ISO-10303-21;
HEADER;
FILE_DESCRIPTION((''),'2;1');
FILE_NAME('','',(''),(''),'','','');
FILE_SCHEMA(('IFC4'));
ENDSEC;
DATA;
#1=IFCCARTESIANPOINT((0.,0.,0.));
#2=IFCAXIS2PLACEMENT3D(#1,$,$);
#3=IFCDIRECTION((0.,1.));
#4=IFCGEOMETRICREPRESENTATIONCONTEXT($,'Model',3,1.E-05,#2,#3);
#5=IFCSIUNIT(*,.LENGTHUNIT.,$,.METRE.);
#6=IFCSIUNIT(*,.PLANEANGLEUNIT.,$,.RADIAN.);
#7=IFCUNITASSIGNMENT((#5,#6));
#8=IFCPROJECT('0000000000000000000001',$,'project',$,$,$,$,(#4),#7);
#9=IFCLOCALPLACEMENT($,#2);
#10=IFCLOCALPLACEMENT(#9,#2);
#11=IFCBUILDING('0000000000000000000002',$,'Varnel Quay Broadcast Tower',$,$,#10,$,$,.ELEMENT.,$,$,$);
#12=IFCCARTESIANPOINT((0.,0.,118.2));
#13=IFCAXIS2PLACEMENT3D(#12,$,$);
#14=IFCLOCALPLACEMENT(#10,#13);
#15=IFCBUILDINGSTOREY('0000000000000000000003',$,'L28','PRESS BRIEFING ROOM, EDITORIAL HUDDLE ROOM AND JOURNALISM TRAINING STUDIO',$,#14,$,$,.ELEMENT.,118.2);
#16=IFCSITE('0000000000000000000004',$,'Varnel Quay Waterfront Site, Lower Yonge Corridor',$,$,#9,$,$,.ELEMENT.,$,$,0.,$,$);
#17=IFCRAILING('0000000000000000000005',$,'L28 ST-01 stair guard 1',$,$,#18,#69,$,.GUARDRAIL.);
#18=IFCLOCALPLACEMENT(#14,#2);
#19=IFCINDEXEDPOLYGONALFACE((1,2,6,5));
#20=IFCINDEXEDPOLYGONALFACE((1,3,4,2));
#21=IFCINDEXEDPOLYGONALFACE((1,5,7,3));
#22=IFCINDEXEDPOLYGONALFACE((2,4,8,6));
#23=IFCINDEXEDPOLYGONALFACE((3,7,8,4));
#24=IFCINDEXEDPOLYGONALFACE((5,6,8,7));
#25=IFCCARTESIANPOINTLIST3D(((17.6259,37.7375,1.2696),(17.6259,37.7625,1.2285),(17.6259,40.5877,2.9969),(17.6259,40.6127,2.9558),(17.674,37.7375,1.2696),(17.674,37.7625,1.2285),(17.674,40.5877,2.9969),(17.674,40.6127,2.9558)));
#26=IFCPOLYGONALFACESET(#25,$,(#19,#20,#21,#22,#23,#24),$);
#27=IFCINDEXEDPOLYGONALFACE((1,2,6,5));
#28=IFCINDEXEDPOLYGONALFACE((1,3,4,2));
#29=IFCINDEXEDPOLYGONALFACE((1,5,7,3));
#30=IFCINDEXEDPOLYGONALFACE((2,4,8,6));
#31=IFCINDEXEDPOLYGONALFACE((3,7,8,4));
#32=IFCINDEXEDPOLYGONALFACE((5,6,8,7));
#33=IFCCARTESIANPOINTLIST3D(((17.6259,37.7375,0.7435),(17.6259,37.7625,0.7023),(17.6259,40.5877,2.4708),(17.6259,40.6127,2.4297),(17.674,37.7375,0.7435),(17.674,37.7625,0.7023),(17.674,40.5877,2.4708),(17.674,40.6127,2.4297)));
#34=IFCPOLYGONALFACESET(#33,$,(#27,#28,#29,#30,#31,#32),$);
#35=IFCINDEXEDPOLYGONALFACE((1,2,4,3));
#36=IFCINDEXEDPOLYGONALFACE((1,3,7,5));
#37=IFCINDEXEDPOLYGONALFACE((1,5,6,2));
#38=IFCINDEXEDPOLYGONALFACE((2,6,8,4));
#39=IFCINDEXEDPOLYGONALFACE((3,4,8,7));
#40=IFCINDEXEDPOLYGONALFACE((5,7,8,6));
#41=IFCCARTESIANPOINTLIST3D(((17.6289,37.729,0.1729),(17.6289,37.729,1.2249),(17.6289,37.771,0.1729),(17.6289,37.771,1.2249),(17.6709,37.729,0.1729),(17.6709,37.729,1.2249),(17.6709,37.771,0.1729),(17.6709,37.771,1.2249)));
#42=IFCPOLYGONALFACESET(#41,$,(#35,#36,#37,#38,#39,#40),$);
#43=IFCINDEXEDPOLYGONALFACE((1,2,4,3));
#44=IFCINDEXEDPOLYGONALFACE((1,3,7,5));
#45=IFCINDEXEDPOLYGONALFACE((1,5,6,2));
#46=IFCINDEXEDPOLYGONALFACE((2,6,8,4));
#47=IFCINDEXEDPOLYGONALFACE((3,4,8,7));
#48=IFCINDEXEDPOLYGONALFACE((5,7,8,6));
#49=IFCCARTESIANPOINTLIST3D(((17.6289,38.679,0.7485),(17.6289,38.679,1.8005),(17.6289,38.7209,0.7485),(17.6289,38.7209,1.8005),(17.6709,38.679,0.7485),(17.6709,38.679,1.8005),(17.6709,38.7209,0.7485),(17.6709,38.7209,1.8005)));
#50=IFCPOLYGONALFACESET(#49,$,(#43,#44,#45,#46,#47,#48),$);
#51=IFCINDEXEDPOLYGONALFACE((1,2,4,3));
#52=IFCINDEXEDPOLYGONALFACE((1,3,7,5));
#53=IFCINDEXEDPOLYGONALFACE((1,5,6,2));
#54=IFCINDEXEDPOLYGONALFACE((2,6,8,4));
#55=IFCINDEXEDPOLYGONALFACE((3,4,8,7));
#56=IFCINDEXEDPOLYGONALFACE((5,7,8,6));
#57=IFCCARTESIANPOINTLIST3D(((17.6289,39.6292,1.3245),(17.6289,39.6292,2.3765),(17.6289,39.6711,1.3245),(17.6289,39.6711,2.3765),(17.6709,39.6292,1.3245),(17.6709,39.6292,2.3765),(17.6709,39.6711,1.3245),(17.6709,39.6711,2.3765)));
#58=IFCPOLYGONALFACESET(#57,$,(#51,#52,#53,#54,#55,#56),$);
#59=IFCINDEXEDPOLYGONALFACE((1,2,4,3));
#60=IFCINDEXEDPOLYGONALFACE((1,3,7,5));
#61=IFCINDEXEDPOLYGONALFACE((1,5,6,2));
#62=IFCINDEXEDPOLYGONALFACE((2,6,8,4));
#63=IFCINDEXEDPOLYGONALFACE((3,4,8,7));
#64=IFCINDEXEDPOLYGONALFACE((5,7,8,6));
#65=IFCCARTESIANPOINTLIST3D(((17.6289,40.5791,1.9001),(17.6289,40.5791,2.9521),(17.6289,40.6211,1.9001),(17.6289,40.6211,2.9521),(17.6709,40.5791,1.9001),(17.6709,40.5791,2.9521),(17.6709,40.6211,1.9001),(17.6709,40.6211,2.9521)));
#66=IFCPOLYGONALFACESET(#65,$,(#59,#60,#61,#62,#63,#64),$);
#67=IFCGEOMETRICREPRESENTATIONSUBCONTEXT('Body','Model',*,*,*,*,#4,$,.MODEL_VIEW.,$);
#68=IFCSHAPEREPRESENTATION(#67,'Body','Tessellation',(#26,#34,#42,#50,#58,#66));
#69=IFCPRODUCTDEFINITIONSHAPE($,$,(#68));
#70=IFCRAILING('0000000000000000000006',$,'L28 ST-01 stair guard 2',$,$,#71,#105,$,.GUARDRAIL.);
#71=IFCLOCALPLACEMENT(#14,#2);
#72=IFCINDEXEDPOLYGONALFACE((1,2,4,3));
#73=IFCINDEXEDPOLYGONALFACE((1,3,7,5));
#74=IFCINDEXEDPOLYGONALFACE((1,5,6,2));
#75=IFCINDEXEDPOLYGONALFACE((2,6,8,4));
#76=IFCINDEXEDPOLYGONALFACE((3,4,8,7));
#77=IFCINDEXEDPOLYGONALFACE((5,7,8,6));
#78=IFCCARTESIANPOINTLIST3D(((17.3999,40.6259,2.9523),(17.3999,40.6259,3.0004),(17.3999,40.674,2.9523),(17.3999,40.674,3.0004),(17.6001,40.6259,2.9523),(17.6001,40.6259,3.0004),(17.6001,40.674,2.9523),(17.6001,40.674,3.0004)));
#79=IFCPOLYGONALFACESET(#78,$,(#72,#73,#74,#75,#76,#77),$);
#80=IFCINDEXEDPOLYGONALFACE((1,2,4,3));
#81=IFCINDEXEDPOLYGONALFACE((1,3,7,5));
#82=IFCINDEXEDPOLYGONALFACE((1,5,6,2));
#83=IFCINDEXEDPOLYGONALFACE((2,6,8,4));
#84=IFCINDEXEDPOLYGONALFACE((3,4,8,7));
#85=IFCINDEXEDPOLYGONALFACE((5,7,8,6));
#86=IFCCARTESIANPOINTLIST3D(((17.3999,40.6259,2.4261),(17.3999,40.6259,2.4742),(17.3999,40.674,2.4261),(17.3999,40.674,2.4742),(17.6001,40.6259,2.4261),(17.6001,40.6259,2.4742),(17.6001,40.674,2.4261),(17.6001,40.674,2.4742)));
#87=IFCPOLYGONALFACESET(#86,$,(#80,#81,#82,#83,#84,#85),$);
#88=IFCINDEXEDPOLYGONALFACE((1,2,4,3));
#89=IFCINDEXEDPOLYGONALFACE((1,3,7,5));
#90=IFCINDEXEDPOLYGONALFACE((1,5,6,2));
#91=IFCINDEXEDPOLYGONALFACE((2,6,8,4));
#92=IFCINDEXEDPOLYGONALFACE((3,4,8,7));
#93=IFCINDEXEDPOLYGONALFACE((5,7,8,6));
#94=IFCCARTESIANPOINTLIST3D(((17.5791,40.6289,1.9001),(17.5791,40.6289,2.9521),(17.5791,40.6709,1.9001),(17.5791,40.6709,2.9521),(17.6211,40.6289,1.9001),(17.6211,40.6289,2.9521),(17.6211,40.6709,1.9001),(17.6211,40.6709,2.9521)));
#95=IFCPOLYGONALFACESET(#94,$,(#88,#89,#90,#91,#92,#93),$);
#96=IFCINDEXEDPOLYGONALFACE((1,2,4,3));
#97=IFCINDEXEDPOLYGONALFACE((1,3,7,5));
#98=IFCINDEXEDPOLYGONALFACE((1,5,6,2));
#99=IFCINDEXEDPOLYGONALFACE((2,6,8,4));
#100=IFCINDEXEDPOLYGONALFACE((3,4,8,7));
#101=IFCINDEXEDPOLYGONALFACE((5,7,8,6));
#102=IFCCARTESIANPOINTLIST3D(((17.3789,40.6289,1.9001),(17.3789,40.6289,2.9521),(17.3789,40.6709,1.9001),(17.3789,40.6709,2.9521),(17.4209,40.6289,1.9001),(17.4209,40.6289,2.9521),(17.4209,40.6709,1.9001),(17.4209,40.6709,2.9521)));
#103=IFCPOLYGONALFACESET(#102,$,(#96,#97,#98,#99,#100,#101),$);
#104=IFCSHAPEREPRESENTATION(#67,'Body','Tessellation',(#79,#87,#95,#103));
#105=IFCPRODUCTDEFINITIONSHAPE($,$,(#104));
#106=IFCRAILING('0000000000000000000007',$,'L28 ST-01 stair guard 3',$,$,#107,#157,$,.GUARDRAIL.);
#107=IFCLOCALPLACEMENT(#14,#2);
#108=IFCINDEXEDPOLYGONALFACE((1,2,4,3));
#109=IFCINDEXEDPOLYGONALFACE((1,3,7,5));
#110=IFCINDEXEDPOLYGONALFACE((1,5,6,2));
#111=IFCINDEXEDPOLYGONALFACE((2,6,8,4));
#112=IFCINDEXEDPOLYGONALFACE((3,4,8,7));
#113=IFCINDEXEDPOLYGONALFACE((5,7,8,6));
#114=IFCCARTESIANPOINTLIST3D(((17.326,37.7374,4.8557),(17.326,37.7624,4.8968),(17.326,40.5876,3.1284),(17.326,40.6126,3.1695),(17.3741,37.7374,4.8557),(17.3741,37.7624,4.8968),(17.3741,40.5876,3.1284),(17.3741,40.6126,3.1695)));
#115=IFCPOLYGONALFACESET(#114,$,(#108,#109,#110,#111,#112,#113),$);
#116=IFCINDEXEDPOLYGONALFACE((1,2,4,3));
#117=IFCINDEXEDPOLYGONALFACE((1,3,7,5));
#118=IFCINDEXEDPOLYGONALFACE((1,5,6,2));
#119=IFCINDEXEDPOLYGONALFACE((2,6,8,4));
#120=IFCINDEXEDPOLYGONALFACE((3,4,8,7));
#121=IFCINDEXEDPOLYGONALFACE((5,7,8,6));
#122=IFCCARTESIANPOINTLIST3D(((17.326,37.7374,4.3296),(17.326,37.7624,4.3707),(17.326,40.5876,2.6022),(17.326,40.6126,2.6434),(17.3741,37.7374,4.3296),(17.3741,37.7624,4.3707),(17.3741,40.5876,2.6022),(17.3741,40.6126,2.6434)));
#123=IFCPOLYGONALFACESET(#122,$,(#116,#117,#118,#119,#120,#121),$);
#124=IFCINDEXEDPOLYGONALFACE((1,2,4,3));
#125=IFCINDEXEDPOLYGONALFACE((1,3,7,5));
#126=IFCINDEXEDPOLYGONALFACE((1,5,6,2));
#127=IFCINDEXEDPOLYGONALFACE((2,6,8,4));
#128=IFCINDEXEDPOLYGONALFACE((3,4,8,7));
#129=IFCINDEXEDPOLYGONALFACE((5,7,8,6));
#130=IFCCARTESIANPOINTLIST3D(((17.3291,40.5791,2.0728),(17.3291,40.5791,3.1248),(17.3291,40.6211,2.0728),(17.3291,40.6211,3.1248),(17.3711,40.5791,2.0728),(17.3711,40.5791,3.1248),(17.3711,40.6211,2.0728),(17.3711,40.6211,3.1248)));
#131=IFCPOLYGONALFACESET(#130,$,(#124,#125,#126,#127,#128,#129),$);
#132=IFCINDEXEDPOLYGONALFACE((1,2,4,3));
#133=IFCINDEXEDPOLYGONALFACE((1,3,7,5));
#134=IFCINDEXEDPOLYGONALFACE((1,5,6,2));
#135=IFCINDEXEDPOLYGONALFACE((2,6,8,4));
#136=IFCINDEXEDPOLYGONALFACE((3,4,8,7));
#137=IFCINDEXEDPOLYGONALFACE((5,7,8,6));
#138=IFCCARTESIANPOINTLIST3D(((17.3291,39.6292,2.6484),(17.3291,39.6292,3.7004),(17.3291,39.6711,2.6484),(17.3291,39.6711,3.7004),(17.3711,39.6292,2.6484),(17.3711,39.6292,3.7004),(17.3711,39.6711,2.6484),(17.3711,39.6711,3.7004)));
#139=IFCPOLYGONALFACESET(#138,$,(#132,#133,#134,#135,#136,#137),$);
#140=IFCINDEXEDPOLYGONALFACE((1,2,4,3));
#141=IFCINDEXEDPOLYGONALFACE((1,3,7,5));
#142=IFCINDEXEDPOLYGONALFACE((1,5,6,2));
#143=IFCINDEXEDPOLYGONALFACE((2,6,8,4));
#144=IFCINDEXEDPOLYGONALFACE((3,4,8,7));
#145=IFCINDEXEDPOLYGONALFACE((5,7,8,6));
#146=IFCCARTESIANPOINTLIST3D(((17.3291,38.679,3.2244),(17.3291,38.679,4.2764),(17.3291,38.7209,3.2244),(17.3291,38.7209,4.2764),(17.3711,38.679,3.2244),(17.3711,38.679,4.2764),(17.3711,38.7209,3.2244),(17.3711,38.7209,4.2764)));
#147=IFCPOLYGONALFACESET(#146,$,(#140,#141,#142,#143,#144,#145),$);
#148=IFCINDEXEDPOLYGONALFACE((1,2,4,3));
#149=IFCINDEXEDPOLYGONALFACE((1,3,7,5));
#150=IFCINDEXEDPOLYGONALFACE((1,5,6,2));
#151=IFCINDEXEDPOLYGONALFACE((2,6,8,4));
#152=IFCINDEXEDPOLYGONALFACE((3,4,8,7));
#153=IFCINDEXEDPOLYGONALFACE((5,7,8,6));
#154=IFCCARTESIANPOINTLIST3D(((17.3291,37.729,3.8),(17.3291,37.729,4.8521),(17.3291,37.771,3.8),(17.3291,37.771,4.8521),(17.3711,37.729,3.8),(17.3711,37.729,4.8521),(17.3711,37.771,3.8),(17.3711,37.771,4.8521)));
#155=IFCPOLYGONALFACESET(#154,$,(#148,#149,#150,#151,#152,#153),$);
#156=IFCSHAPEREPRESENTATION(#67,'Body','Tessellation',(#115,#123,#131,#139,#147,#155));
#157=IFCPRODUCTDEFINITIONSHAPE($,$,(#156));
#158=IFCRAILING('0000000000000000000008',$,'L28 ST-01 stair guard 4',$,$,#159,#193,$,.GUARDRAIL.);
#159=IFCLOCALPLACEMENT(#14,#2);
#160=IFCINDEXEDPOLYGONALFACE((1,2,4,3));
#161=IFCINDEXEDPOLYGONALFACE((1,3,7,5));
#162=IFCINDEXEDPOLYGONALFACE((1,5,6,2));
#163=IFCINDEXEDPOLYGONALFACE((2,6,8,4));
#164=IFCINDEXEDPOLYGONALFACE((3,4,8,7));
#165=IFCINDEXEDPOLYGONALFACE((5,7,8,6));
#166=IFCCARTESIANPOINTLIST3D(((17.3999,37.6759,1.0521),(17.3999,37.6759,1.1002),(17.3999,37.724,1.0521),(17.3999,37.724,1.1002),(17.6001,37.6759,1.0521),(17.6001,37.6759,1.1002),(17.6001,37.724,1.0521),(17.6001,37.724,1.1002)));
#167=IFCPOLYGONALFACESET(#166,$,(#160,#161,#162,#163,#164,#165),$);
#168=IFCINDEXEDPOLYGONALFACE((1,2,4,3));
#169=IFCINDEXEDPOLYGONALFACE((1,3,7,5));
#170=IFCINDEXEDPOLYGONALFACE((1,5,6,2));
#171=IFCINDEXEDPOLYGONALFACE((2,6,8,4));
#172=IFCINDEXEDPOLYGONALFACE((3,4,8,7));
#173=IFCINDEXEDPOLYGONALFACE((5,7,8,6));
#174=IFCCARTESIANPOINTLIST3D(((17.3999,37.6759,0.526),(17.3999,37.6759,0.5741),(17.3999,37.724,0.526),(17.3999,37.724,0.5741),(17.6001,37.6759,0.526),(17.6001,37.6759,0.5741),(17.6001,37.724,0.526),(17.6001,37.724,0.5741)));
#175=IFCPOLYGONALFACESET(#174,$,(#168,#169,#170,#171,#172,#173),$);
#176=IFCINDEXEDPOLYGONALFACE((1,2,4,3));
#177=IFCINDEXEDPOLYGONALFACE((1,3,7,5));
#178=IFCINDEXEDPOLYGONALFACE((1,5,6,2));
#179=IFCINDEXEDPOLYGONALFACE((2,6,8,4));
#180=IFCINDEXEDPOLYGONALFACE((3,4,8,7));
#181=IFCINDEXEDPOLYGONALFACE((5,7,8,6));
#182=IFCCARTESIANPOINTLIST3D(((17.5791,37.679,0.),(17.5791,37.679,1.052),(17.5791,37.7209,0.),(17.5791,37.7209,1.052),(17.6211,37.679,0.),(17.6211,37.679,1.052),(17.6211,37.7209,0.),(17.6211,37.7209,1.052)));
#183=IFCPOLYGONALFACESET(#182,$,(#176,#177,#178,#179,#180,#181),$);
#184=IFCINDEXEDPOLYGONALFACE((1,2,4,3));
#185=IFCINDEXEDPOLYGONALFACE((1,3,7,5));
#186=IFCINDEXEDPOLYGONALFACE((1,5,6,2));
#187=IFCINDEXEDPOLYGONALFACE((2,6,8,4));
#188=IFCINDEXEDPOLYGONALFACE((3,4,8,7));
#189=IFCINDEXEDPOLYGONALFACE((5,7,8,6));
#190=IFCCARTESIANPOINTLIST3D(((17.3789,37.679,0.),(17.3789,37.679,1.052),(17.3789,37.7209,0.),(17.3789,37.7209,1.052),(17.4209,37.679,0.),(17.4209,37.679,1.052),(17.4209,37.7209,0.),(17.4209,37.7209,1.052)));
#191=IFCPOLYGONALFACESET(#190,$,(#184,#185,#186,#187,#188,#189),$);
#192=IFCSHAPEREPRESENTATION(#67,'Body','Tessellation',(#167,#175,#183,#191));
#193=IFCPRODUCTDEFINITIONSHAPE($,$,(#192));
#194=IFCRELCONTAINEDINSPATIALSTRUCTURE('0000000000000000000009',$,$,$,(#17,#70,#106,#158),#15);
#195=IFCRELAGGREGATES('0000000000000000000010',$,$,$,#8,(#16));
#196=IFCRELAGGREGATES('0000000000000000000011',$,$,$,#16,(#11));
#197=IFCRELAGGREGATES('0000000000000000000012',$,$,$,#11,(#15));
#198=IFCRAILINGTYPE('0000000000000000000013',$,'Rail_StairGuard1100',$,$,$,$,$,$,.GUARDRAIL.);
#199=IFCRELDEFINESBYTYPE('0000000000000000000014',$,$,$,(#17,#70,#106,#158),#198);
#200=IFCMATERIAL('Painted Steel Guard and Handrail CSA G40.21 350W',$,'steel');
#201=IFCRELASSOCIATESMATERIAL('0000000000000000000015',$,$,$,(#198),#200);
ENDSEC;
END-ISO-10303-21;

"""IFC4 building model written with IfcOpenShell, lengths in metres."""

from ifc_helpers import new_model, si_unit, direction, frame, origin, origin_2d, place, context, subcontext, project, spatial, rectangle, extrude, material, type_object, element, save


model = new_model("IFC4")

# Units and contexts
model_context = context("Model", 3, precision=1e-05, world=origin(), true_north=direction((0.0, 1.0)))
body_context = subcontext(model_context, "Body", "Model", "MODEL_VIEW")
ifc_project = project(units=[si_unit("LENGTHUNIT", "METRE"), si_unit("PLANEANGLEUNIT", "RADIAN")], contexts=[model_context])

# Site, building, storey
site_placement = place(None, origin())
site = spatial("IfcSite", under=ifc_project, at=site_placement, Name="Varnel Quay Waterfront Site, Lower Yonge Corridor", CompositionType="ELEMENT", RefElevation=0.0)
building_placement = place(site_placement, origin())
building = spatial("IfcBuilding", under=site, at=building_placement, Name="Varnel Quay Broadcast Tower", CompositionType="ELEMENT")
storey_placement = place(building_placement, frame((0.0, 0.0, 118.2)))
storey = spatial("IfcBuildingStorey", under=building, at=storey_placement, Name="L28", Description="PRESS BRIEFING ROOM, EDITORIAL HUDDLE ROOM AND JOURNALISM TRAINING STUDIO", CompositionType="ELEMENT", Elevation=118.2)

# Railings
ifc_material_1 = material(Name="Painted Steel Guard and Handrail CSA G40.21 350W", Category="steel")
railing_type_1 = type_object("IfcRailingType", Name="Rail_StairGuard1100", PredefinedType="GUARDRAIL", material=ifc_material_1)
railing_1_placement = place(storey_placement, frame((17.6499, 37.75, 0.1729)))
element("IfcRailing", 1, at=railing_1_placement, inside=storey, type_object=railing_type_1, Name="L28 ST-01 stair guard 1", PredefinedType="GUARDRAIL", context=body_context, shape_type="SweptSolid", body=[
    extrude(rectangle(XDim=0.0481, YDim=0.0481, at=origin_2d()), frame((0.0, 0.0, 1.0762), z_axis=(0.0, 0.855203, 0.518294), x_axis=(-1.0, 0.0, 0.0)), (0.0, 0.0, 1.0), 3.3328),
    extrude(rectangle(XDim=0.0481, YDim=0.0481, at=origin_2d()), frame((0.0, 0.0, 0.55), z_axis=(0.0, 0.855203, 0.518294), x_axis=(-1.0, 0.0, 0.0)), (0.0, 0.0, 1.0), 3.3328),
    extrude(rectangle(XDim=0.042, YDim=0.042, at=origin_2d()), origin(), (0.0, 0.0, 1.0), 1.052),
    extrude(rectangle(XDim=0.042, YDim=0.042, at=origin_2d()), frame((0.0, 0.95, 0.5757)), (0.0, 0.0, 1.0), 1.052),
    extrude(rectangle(XDim=0.042, YDim=0.042, at=origin_2d()), frame((0.0, 1.9001, 1.1516)), (0.0, 0.0, 1.0), 1.052),
    extrude(rectangle(XDim=0.042, YDim=0.042, at=origin_2d()), frame((0.0, 2.8501, 1.7273)), (0.0, 0.0, 1.0), 1.052),
])
railing_2_placement = place(storey_placement, frame((17.6001, 40.6499, 1.9001)))
element("IfcRailing", 2, at=railing_2_placement, inside=storey, type_object=railing_type_1, Name="L28 ST-01 stair guard 2", PredefinedType="GUARDRAIL", context=body_context, shape_type="SweptSolid", body=[
    extrude(rectangle(XDim=0.0481, YDim=0.0481, at=origin_2d()), frame((0.0, 0.0, 1.0762), z_axis=(-1.0, 0.0, 0.0), x_axis=(0.0, -1.0, 0.0)), (0.0, 0.0, 1.0), 0.2002),
    extrude(rectangle(XDim=0.0481, YDim=0.0481, at=origin_2d()), frame((0.0, 0.0, 0.55), z_axis=(-1.0, 0.0, 0.0), x_axis=(0.0, -1.0, 0.0)), (0.0, 0.0, 1.0), 0.2002),
    extrude(rectangle(XDim=0.042, YDim=0.042, at=origin_2d()), origin(), (0.0, 0.0, 1.0), 1.052),
    extrude(rectangle(XDim=0.042, YDim=0.042, at=origin_2d()), frame((-0.2002, 0.0, 0.0)), (0.0, 0.0, 1.0), 1.052),
])
railing_3_placement = place(storey_placement, frame((17.3501, 40.6001, 2.0728)))
element("IfcRailing", 3, at=railing_3_placement, inside=storey, type_object=railing_type_1, Name="L28 ST-01 stair guard 3", PredefinedType="GUARDRAIL", context=body_context, shape_type="SweptSolid", body=[
    extrude(rectangle(XDim=0.0481, YDim=0.0481, at=origin_2d()), frame((0.0, 0.0, 1.0762), z_axis=(0.0, -0.855203, 0.518294), x_axis=(1.0, 0.0, 0.0)), (0.0, 0.0, 1.0), 3.3328),
    extrude(rectangle(XDim=0.0481, YDim=0.0481, at=origin_2d()), frame((0.0, 0.0, 0.55), z_axis=(0.0, -0.855203, 0.518294), x_axis=(1.0, 0.0, 0.0)), (0.0, 0.0, 1.0), 3.3328),
    extrude(rectangle(XDim=0.042, YDim=0.042, at=origin_2d()), origin(), (0.0, 0.0, 1.0), 1.052),
    extrude(rectangle(XDim=0.042, YDim=0.042, at=origin_2d()), frame((0.0, -0.95, 0.5757)), (0.0, 0.0, 1.0), 1.052),
    extrude(rectangle(XDim=0.042, YDim=0.042, at=origin_2d()), frame((0.0, -1.9001, 1.1516)), (0.0, 0.0, 1.0), 1.052),
    extrude(rectangle(XDim=0.042, YDim=0.042, at=origin_2d()), frame((0.0, -2.8501, 1.7273)), (0.0, 0.0, 1.0), 1.052),
])
railing_4_placement = place(storey_placement, frame((17.6001, 37.7, 0.0)))
element("IfcRailing", 4, at=railing_4_placement, inside=storey, type_object=railing_type_1, Name="L28 ST-01 stair guard 4", PredefinedType="GUARDRAIL", context=body_context, shape_type="SweptSolid", body=[
    extrude(rectangle(XDim=0.0481, YDim=0.0481, at=origin_2d()), frame((0.0, 0.0, 1.0762), z_axis=(-1.0, 0.0, 0.0), x_axis=(0.0, -1.0, 0.0)), (0.0, 0.0, 1.0), 0.2002),
    extrude(rectangle(XDim=0.0481, YDim=0.0481, at=origin_2d()), frame((0.0, 0.0, 0.55), z_axis=(-1.0, 0.0, 0.0), x_axis=(0.0, -1.0, 0.0)), (0.0, 0.0, 1.0), 0.2002),
    extrude(rectangle(XDim=0.042, YDim=0.042, at=origin_2d()), origin(), (0.0, 0.0, 1.0), 1.052),
    extrude(rectangle(XDim=0.042, YDim=0.042, at=origin_2d()), frame((-0.2002, 0.0, 0.0)), (0.0, 0.0, 1.0), 1.052),
])

save(model, "model.ifc")
